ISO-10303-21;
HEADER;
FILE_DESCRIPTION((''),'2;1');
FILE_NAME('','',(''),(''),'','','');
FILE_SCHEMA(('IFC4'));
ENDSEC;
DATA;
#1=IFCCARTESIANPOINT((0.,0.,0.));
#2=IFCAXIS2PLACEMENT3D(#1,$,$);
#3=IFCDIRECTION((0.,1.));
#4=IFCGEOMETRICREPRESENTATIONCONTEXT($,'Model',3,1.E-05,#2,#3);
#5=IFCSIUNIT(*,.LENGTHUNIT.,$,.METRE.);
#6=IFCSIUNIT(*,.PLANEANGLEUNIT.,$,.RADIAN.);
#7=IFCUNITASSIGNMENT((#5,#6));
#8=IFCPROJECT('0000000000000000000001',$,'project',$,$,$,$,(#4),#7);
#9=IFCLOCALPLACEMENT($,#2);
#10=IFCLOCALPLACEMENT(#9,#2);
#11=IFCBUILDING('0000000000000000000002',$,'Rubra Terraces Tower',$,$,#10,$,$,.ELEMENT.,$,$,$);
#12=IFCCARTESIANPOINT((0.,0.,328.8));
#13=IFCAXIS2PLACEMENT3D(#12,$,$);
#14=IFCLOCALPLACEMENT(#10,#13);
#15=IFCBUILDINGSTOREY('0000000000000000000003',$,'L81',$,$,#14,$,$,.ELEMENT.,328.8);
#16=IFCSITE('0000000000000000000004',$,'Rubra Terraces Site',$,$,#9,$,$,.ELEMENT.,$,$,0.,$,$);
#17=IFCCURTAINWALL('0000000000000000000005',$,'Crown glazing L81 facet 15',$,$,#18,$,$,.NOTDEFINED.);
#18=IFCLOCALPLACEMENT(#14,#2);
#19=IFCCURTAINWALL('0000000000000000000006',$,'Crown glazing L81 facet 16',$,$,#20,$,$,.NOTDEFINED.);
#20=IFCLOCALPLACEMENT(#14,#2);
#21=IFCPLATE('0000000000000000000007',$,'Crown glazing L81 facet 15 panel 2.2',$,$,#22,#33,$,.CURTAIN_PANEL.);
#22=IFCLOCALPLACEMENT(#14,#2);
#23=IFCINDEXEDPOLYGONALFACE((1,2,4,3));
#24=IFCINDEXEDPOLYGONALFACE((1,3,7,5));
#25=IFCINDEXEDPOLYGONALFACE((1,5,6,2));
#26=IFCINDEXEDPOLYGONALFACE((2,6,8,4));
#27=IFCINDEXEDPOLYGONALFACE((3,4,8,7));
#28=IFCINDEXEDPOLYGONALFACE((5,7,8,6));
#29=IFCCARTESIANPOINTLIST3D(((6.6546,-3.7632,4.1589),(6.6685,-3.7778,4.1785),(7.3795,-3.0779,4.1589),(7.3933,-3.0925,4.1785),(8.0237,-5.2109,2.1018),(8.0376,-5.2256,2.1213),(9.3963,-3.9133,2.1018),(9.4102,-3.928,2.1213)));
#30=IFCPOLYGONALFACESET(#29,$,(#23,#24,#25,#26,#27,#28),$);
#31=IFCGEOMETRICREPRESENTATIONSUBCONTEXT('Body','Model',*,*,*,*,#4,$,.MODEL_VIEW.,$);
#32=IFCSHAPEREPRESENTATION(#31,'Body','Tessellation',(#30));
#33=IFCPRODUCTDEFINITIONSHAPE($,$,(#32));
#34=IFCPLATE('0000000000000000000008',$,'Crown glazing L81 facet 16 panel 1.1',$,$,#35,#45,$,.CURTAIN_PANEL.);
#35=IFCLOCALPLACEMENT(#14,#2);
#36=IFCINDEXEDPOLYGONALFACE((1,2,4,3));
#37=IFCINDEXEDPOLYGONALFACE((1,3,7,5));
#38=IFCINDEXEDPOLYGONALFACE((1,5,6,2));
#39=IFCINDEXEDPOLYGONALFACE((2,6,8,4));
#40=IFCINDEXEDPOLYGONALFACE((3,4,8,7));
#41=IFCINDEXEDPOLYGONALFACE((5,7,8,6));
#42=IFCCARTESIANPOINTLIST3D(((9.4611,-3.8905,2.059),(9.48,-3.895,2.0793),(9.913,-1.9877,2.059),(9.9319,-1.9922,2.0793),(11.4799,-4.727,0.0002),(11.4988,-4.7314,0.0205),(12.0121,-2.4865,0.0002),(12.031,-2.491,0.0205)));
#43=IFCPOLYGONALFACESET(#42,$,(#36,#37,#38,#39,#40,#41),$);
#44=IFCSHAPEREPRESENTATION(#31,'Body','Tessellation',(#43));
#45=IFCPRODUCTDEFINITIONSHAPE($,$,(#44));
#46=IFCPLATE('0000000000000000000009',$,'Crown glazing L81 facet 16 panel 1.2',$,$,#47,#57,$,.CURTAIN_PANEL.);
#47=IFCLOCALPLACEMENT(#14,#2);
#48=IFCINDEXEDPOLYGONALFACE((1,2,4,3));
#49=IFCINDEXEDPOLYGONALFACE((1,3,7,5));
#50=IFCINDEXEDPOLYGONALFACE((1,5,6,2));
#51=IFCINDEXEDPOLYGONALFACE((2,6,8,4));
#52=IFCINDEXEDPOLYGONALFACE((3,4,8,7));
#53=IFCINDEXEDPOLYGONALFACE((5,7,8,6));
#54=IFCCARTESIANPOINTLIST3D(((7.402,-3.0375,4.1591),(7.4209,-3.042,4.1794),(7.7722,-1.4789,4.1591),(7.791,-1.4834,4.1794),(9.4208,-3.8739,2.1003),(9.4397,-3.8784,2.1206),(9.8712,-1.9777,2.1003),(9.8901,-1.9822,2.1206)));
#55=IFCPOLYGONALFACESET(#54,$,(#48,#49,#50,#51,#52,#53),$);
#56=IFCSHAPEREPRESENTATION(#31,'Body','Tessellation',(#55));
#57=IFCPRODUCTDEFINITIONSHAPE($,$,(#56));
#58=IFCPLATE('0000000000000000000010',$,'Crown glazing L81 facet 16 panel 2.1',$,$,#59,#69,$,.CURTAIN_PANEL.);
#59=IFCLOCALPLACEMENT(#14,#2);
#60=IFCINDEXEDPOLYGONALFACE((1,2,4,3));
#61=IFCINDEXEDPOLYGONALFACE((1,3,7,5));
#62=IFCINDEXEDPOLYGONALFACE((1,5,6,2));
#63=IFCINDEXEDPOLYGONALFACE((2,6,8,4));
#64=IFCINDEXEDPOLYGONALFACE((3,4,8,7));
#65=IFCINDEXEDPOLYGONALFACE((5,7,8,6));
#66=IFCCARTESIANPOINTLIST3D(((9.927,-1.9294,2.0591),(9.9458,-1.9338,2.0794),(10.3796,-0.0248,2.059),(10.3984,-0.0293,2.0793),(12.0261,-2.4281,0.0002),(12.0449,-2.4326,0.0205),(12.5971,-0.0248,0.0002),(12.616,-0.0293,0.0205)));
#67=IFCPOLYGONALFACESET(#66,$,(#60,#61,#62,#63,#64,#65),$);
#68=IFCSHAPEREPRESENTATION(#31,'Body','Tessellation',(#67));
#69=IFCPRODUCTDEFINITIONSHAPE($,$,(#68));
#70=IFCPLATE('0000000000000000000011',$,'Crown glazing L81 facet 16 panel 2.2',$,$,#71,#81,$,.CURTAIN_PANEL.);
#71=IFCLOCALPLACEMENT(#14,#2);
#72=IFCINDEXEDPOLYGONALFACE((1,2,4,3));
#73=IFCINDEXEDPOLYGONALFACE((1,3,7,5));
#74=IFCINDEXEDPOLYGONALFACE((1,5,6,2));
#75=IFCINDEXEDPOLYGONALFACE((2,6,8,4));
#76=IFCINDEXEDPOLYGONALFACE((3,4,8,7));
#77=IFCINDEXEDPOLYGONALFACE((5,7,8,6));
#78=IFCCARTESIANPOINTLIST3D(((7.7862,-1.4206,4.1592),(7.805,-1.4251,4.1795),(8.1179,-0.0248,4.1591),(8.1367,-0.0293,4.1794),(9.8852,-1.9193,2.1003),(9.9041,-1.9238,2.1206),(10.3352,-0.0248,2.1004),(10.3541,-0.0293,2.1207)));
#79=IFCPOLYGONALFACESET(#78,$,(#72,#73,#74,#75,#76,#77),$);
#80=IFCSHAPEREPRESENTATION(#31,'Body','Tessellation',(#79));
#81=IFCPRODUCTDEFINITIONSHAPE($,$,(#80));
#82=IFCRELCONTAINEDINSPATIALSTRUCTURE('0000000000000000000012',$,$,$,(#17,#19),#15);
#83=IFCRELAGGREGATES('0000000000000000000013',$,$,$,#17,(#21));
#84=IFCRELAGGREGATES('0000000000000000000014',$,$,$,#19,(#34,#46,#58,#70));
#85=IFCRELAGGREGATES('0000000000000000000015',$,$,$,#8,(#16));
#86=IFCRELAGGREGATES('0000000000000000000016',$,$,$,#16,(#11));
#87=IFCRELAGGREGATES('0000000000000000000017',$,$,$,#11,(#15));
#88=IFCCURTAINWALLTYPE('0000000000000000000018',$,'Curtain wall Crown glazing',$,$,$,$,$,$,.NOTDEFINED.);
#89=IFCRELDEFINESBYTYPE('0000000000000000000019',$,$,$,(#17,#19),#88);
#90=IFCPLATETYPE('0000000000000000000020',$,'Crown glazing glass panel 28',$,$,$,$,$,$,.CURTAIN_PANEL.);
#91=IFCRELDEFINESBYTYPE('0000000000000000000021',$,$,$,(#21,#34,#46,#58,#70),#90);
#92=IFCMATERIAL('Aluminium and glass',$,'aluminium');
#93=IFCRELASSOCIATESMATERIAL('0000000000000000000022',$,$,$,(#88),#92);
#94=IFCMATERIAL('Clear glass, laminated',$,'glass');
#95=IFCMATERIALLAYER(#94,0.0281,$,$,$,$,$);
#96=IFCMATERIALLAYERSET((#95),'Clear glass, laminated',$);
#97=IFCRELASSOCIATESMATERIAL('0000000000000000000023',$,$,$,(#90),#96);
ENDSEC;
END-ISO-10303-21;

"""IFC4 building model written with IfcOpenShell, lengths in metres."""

from ifc_helpers import new_model, si_unit, direction, frame, origin, place, context, subcontext, project, spatial, polyline, outline, extrude, material, layer, layer_set, type_object, element, aggregate, save


model = new_model("IFC4")

# Units and contexts
model_context = context("Model", 3, precision=1e-05, world=origin(), true_north=direction((0.0, 1.0)))
body_context = subcontext(model_context, "Body", "Model", "MODEL_VIEW")
ifc_project = project(units=[si_unit("LENGTHUNIT", "METRE"), si_unit("PLANEANGLEUNIT", "RADIAN")], contexts=[model_context])

# Site, building, storey
site_placement = place(None, origin())
site = spatial("IfcSite", under=ifc_project, at=site_placement, Name="Rubra Terraces Site", CompositionType="ELEMENT", RefElevation=0.0)
building_placement = place(site_placement, origin())
building = spatial("IfcBuilding", under=site, at=building_placement, Name="Rubra Terraces Tower", CompositionType="ELEMENT")
storey_placement = place(building_placement, frame((0.0, 0.0, 328.8)))
storey = spatial("IfcBuildingStorey", under=building, at=storey_placement, Name="L81", CompositionType="ELEMENT", Elevation=328.8)

# Curtain walls
ifc_material_1 = material(Name="Aluminium and glass", Category="aluminium")
curtain_wall_type = type_object("IfcCurtainWallType", Name="Curtain wall Crown glazing", PredefinedType="NOTDEFINED", material=ifc_material_1)
curtain_wall_1_placement = place(storey_placement, origin())
curtain_wall_1 = element("IfcCurtainWall", 1, at=curtain_wall_1_placement, inside=storey, type_object=curtain_wall_type, Name="Crown glazing L81 facet 15", PredefinedType="NOTDEFINED")
curtain_wall_2_placement = place(storey_placement, origin())
curtain_wall_2 = element("IfcCurtainWall", 2, at=curtain_wall_2_placement, inside=storey, type_object=curtain_wall_type, Name="Crown glazing L81 facet 16", PredefinedType="NOTDEFINED")

# Plates
ifc_material_2 = material(Name="Clear glass, laminated", Category="glass")
ifc_layer = layer(ifc_material_2, 0.0281)
ifc_layer_set = layer_set([ifc_layer], Name="Clear glass, laminated")
plate_type = type_object("IfcPlateType", Name="Crown glazing glass panel 28", PredefinedType="CURTAIN_PANEL", material=ifc_layer_set)
plate_1_placement = place(storey_placement, frame((8.0376, -5.2256, 2.1213), z_axis=(0.493451, -0.521945, 0.695758), x_axis=(0.726666, 0.686991, -0.000004)))
plate_1 = element("IfcPlate", 3, at=plate_1_placement, type_object=plate_type, Name="Crown glazing L81 facet 15 panel 2.2", PredefinedType="CURTAIN_PANEL", context=body_context, shape_type="SweptSolid", body=[
    extrude(outline(polyline([(0.0, 0.0), (1.8888, 0.0), (0.9972, 2.864), (-0.0003, 2.864), (0.0, 0.0)])), origin(), (0.0, 0.0, -1.0), 0.0281),
])
aggregate(curtain_wall_1, [plate_1])
plate_2_placement = place(storey_placement, frame((11.4988, -4.7314, 0.0205), z_axis=(0.671683, -0.15954, 0.723456), x_axis=(0.231107, 0.972928, -0.000013)))
plate_2 = element("IfcPlate", 4, at=plate_2_placement, type_object=plate_type, Name="Crown glazing L81 facet 16 panel 1.1", PredefinedType="CURTAIN_PANEL", context=body_context, shape_type="SweptSolid", body=[
    extrude(outline(polyline([(0.0, 0.0), (2.3028, 0.0), (2.303, 2.9823), (0.3472, 2.9822), (0.0, 0.0)])), origin(), (0.0, 0.0, -1.0), 0.0281),
])
plate_3_placement = place(storey_placement, frame((9.4397, -3.8784, 2.1206), z_axis=(0.671686, -0.159532, 0.723456), x_axis=(0.231098, 0.972931, -0.000016)))
plate_3 = element("IfcPlate", 5, at=plate_3_placement, type_object=plate_type, Name="Crown glazing L81 facet 16 panel 1.2", PredefinedType="CURTAIN_PANEL", context=body_context, shape_type="SweptSolid", body=[
    extrude(outline(polyline([(0.0, 0.0), (1.949, 0.0), (1.9491, 2.9823), (0.3472, 2.9822), (0.0, 0.0)])), origin(), (0.0, 0.0, -1.0), 0.0281),
])
plate_4_placement = place(storey_placement, frame((12.0449, -2.4326, 0.0205), z_axis=(0.671666, -0.159609, 0.723456), x_axis=(0.231181, 0.972911, 0.000012)))
plate_4 = element("IfcPlate", 6, at=plate_4_placement, type_object=plate_type, Name="Crown glazing L81 facet 16 panel 2.1", PredefinedType="CURTAIN_PANEL", context=body_context, shape_type="SweptSolid", body=[
    extrude(outline(polyline([(0.0, 0.0), (2.4702, 0.0), (1.9576, 2.9822), (0.0, 2.9823), (0.0, 0.0)])), origin(), (0.0, 0.0, -1.0), 0.0281),
])
plate_5_placement = place(storey_placement, frame((9.9041, -1.9238, 2.1206), z_axis=(0.67169, -0.159587, 0.723439), x_axis=(0.231112, 0.972927, 0.000043)))
plate_5 = element("IfcPlate", 7, at=plate_5_placement, type_object=plate_type, Name="Crown glazing L81 facet 16 panel 2.2", PredefinedType="CURTAIN_PANEL", context=body_context, shape_type="SweptSolid", body=[
    extrude(outline(polyline([(0.0, 0.0), (1.9472, 0.0), (1.4349, 2.9821), (0.0002, 2.9823), (0.0, 0.0)])), origin(), (0.0, 0.0, -1.0), 0.0281),
])
aggregate(curtain_wall_2, [plate_2, plate_3, plate_4, plate_5])

save(model, "model.ifc")
